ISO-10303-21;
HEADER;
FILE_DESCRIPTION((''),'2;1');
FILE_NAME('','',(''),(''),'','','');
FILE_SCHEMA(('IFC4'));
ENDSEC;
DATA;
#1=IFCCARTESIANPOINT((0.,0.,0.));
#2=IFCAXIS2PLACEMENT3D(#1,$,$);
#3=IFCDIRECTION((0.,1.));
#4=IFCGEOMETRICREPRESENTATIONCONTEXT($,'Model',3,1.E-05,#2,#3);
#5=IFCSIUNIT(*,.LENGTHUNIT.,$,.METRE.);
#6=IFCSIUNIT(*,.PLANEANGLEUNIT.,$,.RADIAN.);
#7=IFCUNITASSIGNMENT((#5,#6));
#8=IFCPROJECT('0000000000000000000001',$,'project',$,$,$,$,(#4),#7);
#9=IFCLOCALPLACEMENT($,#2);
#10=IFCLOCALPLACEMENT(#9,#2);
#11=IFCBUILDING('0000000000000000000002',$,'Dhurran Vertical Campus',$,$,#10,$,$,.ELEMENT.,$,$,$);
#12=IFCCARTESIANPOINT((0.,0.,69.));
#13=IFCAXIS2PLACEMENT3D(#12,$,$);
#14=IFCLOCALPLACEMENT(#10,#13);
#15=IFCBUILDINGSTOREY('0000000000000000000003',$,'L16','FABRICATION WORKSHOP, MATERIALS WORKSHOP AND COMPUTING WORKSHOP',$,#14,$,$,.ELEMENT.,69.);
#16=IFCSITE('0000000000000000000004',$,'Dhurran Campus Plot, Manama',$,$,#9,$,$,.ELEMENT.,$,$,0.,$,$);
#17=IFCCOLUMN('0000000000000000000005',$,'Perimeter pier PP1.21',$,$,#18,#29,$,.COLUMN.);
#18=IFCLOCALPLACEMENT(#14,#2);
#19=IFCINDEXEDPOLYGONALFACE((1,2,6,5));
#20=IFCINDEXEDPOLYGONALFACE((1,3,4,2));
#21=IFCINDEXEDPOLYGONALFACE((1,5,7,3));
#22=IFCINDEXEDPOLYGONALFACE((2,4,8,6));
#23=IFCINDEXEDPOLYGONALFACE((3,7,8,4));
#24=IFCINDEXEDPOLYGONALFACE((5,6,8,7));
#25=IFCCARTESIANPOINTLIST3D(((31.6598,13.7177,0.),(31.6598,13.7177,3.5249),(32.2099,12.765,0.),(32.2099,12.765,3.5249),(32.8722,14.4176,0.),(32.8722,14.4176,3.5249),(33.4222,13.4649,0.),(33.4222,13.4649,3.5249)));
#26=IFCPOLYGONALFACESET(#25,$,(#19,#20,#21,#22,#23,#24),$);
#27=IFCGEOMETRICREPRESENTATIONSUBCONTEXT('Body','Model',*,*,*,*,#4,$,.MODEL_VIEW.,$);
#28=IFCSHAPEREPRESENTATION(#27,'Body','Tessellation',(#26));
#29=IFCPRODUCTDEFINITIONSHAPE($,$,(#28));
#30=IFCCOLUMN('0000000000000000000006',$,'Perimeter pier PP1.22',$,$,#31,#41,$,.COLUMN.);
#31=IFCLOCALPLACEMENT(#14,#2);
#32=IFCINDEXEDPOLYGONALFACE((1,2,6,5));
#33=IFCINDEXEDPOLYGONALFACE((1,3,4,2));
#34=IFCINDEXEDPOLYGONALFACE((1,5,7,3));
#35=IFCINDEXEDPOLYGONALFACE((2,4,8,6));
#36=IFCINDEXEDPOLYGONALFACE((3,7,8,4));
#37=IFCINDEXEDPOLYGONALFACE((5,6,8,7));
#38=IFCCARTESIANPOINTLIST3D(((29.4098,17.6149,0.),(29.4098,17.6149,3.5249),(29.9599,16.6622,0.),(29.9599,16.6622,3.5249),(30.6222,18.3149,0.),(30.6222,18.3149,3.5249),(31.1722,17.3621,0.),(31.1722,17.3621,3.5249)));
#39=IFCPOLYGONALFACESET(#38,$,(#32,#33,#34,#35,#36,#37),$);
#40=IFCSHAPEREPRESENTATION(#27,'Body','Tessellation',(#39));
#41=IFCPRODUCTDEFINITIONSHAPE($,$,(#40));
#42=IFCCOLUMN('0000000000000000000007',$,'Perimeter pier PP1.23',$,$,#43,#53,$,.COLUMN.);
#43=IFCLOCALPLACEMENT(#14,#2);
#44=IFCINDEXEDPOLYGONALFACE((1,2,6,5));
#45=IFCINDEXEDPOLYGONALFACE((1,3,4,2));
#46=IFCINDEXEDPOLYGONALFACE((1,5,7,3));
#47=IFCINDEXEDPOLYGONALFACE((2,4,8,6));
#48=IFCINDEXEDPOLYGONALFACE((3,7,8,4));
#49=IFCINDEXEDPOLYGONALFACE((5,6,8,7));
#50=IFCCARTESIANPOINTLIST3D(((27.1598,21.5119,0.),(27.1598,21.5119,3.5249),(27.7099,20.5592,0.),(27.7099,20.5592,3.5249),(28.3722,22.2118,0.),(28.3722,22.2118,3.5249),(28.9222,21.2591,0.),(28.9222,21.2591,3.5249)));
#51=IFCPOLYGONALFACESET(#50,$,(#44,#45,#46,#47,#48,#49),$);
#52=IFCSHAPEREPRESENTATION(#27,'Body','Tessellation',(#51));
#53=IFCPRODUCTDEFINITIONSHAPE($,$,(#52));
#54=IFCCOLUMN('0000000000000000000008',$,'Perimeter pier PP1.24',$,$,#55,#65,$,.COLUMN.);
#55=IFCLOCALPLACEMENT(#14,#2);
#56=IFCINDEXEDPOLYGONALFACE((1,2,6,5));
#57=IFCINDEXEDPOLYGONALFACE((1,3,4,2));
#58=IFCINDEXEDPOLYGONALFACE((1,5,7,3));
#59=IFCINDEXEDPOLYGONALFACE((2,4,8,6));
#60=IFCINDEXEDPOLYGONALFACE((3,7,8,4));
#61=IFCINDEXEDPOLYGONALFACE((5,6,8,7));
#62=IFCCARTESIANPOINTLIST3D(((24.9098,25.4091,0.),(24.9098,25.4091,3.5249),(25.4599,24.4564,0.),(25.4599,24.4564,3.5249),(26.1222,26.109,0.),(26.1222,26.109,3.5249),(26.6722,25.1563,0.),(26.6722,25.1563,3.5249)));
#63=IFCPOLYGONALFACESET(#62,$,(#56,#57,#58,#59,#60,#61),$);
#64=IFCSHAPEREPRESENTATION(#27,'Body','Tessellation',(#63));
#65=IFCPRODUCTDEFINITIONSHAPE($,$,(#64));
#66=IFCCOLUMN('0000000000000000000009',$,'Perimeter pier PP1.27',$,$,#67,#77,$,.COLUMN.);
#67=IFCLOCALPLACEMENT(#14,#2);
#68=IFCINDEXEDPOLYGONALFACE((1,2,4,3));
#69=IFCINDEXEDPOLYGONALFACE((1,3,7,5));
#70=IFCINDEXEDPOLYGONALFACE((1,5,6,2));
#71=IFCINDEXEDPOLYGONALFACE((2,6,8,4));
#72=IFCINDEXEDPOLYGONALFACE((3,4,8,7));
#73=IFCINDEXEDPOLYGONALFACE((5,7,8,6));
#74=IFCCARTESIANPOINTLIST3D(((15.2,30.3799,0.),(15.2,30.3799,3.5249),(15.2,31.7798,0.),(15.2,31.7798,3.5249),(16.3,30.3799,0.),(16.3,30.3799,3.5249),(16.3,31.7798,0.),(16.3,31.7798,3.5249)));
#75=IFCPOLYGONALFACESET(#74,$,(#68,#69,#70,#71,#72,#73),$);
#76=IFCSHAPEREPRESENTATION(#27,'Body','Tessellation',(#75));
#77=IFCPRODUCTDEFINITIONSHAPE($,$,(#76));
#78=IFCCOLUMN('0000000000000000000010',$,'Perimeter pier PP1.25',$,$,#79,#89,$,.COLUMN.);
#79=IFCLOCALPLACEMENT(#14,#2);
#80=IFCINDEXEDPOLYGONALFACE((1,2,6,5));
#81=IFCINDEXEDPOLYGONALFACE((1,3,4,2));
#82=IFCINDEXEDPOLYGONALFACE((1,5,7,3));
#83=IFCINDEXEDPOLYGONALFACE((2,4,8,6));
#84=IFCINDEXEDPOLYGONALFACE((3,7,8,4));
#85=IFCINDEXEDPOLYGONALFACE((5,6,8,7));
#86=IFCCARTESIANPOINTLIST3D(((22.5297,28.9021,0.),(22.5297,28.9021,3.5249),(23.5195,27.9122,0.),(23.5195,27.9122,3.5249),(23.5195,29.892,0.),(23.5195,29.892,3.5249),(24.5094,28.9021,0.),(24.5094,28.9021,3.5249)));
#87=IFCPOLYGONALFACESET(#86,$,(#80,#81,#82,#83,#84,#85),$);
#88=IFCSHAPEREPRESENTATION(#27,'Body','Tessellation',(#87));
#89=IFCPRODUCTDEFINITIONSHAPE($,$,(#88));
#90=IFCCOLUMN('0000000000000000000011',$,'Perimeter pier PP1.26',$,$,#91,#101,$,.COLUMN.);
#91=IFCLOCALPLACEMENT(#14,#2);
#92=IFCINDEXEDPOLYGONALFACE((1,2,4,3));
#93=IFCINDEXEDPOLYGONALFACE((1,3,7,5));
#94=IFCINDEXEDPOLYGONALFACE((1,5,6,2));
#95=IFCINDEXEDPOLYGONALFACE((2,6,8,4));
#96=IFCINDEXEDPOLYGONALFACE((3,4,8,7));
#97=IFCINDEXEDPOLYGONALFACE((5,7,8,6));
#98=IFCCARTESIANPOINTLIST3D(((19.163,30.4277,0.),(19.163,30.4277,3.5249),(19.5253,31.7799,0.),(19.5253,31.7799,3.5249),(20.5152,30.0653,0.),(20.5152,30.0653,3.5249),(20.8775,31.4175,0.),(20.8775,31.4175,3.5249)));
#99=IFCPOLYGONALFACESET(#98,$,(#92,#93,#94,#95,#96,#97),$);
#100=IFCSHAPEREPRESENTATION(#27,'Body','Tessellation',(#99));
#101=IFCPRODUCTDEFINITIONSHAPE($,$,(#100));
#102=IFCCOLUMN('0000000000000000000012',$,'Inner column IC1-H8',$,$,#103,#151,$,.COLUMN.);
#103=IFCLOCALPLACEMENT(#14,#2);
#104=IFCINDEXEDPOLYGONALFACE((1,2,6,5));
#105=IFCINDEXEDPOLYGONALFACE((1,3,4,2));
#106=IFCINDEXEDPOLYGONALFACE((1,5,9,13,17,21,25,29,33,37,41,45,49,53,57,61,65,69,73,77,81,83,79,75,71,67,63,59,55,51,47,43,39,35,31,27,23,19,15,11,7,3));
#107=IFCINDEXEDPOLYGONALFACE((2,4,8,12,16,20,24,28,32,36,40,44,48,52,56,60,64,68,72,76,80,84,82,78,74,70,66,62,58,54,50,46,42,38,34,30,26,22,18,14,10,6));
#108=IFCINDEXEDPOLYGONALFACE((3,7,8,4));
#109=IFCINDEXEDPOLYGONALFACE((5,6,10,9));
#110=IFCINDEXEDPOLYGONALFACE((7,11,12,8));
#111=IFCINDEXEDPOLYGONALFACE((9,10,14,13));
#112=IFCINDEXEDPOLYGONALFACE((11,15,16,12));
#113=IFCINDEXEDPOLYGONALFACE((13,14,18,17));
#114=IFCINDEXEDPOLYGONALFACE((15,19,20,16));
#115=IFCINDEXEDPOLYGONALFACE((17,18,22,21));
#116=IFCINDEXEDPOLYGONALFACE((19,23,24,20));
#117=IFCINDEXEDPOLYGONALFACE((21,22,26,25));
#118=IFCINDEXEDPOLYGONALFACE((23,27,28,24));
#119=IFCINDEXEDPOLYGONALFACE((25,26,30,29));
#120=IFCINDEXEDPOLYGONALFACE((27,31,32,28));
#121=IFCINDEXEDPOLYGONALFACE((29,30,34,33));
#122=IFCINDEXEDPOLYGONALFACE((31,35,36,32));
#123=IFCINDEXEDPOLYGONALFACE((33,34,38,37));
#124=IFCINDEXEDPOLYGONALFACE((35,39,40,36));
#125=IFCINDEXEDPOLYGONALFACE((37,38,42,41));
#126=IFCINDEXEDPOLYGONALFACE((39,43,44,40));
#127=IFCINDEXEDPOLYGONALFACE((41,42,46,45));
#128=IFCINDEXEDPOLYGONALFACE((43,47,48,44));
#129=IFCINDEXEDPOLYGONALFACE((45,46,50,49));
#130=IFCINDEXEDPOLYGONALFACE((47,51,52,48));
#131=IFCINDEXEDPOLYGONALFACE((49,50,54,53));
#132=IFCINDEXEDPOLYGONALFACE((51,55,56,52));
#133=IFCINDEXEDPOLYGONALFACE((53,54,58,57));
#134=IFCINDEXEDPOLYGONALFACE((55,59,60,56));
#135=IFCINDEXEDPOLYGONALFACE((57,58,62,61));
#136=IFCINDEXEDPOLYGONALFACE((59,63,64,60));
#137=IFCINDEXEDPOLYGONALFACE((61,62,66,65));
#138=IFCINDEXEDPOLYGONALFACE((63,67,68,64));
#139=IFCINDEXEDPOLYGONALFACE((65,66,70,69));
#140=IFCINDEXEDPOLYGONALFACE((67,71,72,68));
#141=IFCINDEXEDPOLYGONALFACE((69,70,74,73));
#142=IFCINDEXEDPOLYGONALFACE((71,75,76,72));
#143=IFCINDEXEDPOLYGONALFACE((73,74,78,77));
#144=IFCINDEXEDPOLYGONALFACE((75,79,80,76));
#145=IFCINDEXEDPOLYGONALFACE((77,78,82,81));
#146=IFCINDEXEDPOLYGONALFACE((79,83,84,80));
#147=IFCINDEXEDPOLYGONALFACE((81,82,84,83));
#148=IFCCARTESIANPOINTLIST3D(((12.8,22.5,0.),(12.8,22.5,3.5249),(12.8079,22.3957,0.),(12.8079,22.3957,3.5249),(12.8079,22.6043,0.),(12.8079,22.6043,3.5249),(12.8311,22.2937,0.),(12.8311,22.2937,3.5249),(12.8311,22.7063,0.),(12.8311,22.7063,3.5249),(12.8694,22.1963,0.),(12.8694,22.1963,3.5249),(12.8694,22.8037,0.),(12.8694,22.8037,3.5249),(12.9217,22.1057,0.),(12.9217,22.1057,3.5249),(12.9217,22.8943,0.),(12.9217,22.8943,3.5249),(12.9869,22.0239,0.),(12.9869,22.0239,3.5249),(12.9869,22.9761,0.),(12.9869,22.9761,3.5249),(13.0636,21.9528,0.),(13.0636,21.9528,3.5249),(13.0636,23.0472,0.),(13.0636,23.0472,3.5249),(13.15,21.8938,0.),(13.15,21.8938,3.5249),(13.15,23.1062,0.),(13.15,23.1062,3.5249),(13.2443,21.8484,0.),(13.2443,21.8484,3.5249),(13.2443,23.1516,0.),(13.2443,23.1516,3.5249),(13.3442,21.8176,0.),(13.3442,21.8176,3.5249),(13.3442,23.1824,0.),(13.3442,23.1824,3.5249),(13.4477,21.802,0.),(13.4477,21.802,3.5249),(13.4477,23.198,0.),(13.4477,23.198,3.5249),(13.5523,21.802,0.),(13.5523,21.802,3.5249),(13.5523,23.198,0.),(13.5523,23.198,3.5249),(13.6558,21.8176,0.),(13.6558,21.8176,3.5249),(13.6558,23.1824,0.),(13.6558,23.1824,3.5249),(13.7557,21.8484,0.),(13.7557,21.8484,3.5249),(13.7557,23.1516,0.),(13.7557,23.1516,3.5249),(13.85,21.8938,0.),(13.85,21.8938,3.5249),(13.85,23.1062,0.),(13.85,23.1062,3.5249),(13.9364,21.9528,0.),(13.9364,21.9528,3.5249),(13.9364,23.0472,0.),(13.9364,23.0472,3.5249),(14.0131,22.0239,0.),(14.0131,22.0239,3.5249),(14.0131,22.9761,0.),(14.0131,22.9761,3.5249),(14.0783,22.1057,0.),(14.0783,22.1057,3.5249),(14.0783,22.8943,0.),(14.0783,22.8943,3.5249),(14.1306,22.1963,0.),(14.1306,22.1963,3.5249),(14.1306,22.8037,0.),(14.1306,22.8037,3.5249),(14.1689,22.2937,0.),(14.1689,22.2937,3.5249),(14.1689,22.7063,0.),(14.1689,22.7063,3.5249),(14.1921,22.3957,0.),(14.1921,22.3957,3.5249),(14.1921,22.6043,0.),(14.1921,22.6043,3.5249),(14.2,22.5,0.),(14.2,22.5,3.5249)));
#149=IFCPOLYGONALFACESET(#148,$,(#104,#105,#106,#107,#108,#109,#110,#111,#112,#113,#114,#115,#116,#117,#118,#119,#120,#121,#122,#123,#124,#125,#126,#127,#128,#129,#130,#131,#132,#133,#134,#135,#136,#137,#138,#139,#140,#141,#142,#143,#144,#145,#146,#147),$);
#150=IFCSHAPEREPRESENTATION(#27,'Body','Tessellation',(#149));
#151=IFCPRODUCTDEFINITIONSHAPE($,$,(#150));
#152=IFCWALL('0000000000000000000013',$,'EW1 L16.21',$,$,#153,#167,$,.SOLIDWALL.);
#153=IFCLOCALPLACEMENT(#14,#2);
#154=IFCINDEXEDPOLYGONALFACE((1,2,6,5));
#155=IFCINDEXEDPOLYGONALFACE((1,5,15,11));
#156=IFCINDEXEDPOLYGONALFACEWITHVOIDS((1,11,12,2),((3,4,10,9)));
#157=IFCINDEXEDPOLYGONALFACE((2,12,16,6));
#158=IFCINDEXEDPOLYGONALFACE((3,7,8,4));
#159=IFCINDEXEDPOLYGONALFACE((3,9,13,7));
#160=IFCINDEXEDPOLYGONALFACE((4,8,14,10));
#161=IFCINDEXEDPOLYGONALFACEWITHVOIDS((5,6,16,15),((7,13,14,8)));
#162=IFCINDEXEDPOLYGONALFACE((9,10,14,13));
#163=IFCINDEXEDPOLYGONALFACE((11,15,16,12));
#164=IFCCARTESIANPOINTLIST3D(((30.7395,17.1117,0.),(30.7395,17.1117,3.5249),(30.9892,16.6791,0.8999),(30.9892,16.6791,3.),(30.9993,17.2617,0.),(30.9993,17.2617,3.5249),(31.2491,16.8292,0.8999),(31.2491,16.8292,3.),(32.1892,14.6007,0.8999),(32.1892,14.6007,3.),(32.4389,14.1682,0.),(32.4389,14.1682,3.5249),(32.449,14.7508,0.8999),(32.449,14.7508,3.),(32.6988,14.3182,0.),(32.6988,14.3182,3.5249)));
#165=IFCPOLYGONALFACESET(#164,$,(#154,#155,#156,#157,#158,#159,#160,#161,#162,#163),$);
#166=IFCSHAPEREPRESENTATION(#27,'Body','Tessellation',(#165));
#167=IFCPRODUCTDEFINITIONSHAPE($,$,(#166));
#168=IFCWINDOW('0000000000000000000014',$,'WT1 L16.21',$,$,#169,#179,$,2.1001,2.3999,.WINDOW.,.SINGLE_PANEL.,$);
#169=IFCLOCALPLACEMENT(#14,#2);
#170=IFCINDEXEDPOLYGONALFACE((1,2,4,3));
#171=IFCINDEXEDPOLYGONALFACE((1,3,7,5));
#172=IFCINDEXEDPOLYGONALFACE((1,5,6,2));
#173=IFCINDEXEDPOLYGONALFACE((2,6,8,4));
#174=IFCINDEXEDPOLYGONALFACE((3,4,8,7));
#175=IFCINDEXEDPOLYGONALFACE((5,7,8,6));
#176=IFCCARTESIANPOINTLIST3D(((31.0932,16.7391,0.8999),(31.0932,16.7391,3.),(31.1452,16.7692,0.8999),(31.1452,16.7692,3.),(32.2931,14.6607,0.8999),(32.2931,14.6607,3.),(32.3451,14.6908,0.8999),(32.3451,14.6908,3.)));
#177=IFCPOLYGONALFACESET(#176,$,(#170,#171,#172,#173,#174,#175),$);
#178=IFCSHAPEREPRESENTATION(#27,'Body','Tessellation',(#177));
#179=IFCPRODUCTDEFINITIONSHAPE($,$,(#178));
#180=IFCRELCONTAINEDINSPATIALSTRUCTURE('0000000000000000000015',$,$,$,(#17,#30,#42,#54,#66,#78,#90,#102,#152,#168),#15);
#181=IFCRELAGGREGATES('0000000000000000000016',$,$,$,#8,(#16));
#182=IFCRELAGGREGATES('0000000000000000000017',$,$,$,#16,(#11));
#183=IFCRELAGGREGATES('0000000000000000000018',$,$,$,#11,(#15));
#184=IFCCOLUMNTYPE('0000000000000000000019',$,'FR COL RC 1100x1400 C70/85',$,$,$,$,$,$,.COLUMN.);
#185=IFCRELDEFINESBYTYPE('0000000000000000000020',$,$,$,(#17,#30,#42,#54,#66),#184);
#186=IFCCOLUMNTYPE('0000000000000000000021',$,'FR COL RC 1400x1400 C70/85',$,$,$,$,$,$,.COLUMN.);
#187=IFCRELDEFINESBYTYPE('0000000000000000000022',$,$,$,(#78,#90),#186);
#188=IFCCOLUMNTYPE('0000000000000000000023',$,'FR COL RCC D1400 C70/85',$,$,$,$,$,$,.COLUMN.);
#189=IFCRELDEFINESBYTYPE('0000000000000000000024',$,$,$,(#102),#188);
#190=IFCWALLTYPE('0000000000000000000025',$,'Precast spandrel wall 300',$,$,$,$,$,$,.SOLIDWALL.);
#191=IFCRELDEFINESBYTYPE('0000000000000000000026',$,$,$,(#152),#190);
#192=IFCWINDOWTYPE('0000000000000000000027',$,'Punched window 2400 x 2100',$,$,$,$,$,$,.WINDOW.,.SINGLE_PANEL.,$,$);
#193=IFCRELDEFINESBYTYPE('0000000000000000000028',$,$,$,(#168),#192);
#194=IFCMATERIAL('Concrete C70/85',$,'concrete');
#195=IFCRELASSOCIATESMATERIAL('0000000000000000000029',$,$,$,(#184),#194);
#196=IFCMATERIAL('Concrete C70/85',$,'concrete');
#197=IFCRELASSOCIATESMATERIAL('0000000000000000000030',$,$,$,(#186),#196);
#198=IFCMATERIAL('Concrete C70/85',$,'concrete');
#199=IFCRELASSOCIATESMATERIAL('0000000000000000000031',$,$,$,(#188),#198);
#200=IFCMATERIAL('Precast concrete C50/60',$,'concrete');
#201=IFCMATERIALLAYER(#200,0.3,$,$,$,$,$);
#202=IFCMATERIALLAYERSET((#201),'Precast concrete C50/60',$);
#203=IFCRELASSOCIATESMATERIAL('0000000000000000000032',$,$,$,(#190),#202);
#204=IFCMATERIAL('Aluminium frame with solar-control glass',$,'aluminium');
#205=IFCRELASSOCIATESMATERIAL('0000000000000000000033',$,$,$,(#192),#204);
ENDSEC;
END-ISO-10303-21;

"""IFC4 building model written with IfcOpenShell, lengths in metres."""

from ifc_helpers import new_model, si_unit, direction, frame, frame_2d, origin, origin_2d, place, context, subcontext, project, spatial, rectangle, circle, extrude, material, layer, layer_set, material_profile, profile_set, type_object, element, fill, save


model = new_model("IFC4")

# Units and contexts
model_context = context("Model", 3, precision=1e-05, world=origin(), true_north=direction((0.0, 1.0)))
body_context = subcontext(model_context, "Body", "Model", "MODEL_VIEW")
ifc_project = project(units=[si_unit("LENGTHUNIT", "METRE"), si_unit("PLANEANGLEUNIT", "RADIAN")], contexts=[model_context])

# Site, building, storey
site_placement = place(None, origin())
site = spatial("IfcSite", under=ifc_project, at=site_placement, Name="Dhurran Campus Plot, Manama", CompositionType="ELEMENT", RefElevation=0.0)
building_placement = place(site_placement, origin())
building = spatial("IfcBuilding", under=site, at=building_placement, Name="Dhurran Vertical Campus", CompositionType="ELEMENT")
storey_placement = place(building_placement, frame((0.0, 0.0, 69.0)))
storey = spatial("IfcBuildingStorey", under=building, at=storey_placement, Name="L16", Description="FABRICATION WORKSHOP, MATERIALS WORKSHOP AND COMPUTING WORKSHOP", CompositionType="ELEMENT", Elevation=69.0)

# Columns
ifc_material_1 = material(Name="Concrete C70/85", Category="concrete")
ifc_material_profile_1 = material_profile(ifc_material_1, rectangle(XDim=1.1001, YDim=1.3999, at=origin_2d()), Name="RC 1100x1400")
ifc_profile_set_1 = profile_set([ifc_material_profile_1], Name="Concrete C70/85")
column_type_1 = type_object("IfcColumnType", Name="FR COL RC 1100x1400 C70/85", PredefinedType="COLUMN", material=ifc_profile_set_1)
for number, where, z_axis, x_axis, name in (
    (1, (32.541, 13.5913, 0.0), (0.0, 0.0, 1.0), (-0.5, 0.866025, 0.0), "Perimeter pier PP1.21"),
    (2, (30.291, 17.4885, 0.0), (0.0, 0.0, 1.0), (-0.5, 0.866025, 0.0), "Perimeter pier PP1.22"),
    (3, (28.041, 21.3855, 0.0), (0.0, 0.0, 1.0), (-0.5, 0.866025, 0.0), "Perimeter pier PP1.23"),
    (4, (25.791, 25.2827, 0.0), (0.0, 0.0, 1.0), (-0.5, 0.866025, 0.0), "Perimeter pier PP1.24"),
    (5, (15.75, 31.0798, 0.0), (0.0, 0.0, 1.0), (-1.0, 0.0, 0.0), "Perimeter pier PP1.27"),
):
    element("IfcColumn", number, at=place(storey_placement, frame(where, z_axis=z_axis, x_axis=x_axis)), inside=storey, type_object=column_type_1, Name=name, PredefinedType="COLUMN", context=body_context, shape_type="SweptSolid", body=[
        extrude(rectangle(XDim=1.1001, YDim=1.3999, at=origin_2d()), origin(), (0.0, 0.0, 1.0), 3.5249),
    ])
ifc_material_2 = material(Name="Concrete C70/85", Category="concrete")
ifc_material_profile_2 = material_profile(ifc_material_2, rectangle(XDim=1.3999, YDim=1.3999, at=origin_2d()), Name="RC 1400x1400")
ifc_profile_set_2 = profile_set([ifc_material_profile_2], Name="Concrete C70/85")
column_type_2 = type_object("IfcColumnType", Name="FR COL RC 1400x1400 C70/85", PredefinedType="COLUMN", material=ifc_profile_set_2)
for number, where, z_axis, x_axis, name in (
    (6, (23.5195, 28.9021, 0.0), (0.0, 0.0, 1.0), (-0.707107, 0.707107, 0.0), "Perimeter pier PP1.25"),
    (7, (20.0203, 30.9226, 0.0), (0.0, 0.0, 1.0), (-0.965926, 0.258819, 0.0), "Perimeter pier PP1.26"),
):
    element("IfcColumn", number, at=place(storey_placement, frame(where, z_axis=z_axis, x_axis=x_axis)), inside=storey, type_object=column_type_2, Name=name, PredefinedType="COLUMN", context=body_context, shape_type="SweptSolid", body=[
        extrude(rectangle(XDim=1.3999, YDim=1.3999, at=origin_2d()), origin(), (0.0, 0.0, 1.0), 3.5249),
    ])
ifc_material_3 = material(Name="Concrete C70/85", Category="concrete")
ifc_material_profile_3 = material_profile(ifc_material_3, circle(Radius=0.7, at=origin_2d()), Name="RCC D1400")
ifc_profile_set_3 = profile_set([ifc_material_profile_3], Name="Concrete C70/85")
column_type_3 = type_object("IfcColumnType", Name="FR COL RCC D1400 C70/85", PredefinedType="COLUMN", material=ifc_profile_set_3)
column_placement = place(storey_placement, frame((13.5, 22.5, 0.0), z_axis=(0.0, 0.0, 1.0), x_axis=(1.0, 0.0, 0.0)))
element("IfcColumn", 8, at=column_placement, inside=storey, type_object=column_type_3, Name="Inner column IC1-H8", PredefinedType="COLUMN", context=body_context, shape_type="SweptSolid", body=[
    extrude(circle(Radius=0.7, at=origin_2d()), origin(), (0.0, 0.0, 1.0), 3.5249),
])

# Wall, opening, window
ifc_material_4 = material(Name="Precast concrete C50/60", Category="concrete")
ifc_layer_1 = layer(ifc_material_4, 0.3)
ifc_layer_set_1 = layer_set([ifc_layer_1], Name="Precast concrete C50/60")
wall_type_1 = type_object("IfcWallType", Name="Precast spandrel wall 300", PredefinedType="SOLIDWALL", material=ifc_layer_set_1)
wall_1_placement = place(storey_placement, frame((32.5688, 14.2432, 0.0), z_axis=(0.0, 0.0, 1.0), x_axis=(-0.499994, 0.866029, 0.0)))
wall_1 = element("IfcWall", 9, at=wall_1_placement, inside=storey, type_object=wall_type_1, Name="EW1 L16.21", PredefinedType="SOLIDWALL", context=body_context, shape_type="SweptSolid", body=[
    extrude(rectangle(XDim=3.3989, YDim=0.3, at=frame_2d((1.6995, 0.0))), origin(), (0.0, 0.0, 1.0), 3.5249),
])
opening_1_placement = place(wall_1_placement, frame((0.4995, 0.0, 0.8999)))
opening_1 = element("IfcOpeningElement", 10, at=opening_1_placement, cuts=wall_1, PredefinedType="OPENING", context=body_context, shape_type="SweptSolid", body=[
    extrude(rectangle(XDim=2.3999, YDim=2.1001, at=frame_2d((1.2, 1.05))), frame((0.0, 0.1599, 0.0), z_axis=(0.0, -1.0, 0.0), x_axis=(1.0, 0.0, 0.0)), (0.0, 0.0, 1.0), 0.3201),
])
ifc_material_5 = material(Name="Aluminium frame with solar-control glass", Category="aluminium")
window_type = type_object("IfcWindowType", Name="Punched window 2400 x 2100", PartitioningType="SINGLE_PANEL", PredefinedType="WINDOW", material=ifc_material_5)
window_1_placement = place(opening_1_placement, origin())
window_1 = element("IfcWindow", 11, at=window_1_placement, inside=storey, type_object=window_type, Name="WT1 L16.21", OverallHeight=2.1001, OverallWidth=2.3999, PartitioningType="SINGLE_PANEL", PredefinedType="WINDOW", context=body_context, shape_type="SweptSolid", body=[
    extrude(rectangle(XDim=2.3999, YDim=2.1001, at=frame_2d((1.2, 1.05))), frame((0.0, 0.03, 0.0), z_axis=(0.0, -1.0, 0.0), x_axis=(1.0, 0.0, 0.0)), (0.0, 0.0, 1.0), 0.0601),
])
fill(opening_1, window_1)

save(model, "model.ifc")
